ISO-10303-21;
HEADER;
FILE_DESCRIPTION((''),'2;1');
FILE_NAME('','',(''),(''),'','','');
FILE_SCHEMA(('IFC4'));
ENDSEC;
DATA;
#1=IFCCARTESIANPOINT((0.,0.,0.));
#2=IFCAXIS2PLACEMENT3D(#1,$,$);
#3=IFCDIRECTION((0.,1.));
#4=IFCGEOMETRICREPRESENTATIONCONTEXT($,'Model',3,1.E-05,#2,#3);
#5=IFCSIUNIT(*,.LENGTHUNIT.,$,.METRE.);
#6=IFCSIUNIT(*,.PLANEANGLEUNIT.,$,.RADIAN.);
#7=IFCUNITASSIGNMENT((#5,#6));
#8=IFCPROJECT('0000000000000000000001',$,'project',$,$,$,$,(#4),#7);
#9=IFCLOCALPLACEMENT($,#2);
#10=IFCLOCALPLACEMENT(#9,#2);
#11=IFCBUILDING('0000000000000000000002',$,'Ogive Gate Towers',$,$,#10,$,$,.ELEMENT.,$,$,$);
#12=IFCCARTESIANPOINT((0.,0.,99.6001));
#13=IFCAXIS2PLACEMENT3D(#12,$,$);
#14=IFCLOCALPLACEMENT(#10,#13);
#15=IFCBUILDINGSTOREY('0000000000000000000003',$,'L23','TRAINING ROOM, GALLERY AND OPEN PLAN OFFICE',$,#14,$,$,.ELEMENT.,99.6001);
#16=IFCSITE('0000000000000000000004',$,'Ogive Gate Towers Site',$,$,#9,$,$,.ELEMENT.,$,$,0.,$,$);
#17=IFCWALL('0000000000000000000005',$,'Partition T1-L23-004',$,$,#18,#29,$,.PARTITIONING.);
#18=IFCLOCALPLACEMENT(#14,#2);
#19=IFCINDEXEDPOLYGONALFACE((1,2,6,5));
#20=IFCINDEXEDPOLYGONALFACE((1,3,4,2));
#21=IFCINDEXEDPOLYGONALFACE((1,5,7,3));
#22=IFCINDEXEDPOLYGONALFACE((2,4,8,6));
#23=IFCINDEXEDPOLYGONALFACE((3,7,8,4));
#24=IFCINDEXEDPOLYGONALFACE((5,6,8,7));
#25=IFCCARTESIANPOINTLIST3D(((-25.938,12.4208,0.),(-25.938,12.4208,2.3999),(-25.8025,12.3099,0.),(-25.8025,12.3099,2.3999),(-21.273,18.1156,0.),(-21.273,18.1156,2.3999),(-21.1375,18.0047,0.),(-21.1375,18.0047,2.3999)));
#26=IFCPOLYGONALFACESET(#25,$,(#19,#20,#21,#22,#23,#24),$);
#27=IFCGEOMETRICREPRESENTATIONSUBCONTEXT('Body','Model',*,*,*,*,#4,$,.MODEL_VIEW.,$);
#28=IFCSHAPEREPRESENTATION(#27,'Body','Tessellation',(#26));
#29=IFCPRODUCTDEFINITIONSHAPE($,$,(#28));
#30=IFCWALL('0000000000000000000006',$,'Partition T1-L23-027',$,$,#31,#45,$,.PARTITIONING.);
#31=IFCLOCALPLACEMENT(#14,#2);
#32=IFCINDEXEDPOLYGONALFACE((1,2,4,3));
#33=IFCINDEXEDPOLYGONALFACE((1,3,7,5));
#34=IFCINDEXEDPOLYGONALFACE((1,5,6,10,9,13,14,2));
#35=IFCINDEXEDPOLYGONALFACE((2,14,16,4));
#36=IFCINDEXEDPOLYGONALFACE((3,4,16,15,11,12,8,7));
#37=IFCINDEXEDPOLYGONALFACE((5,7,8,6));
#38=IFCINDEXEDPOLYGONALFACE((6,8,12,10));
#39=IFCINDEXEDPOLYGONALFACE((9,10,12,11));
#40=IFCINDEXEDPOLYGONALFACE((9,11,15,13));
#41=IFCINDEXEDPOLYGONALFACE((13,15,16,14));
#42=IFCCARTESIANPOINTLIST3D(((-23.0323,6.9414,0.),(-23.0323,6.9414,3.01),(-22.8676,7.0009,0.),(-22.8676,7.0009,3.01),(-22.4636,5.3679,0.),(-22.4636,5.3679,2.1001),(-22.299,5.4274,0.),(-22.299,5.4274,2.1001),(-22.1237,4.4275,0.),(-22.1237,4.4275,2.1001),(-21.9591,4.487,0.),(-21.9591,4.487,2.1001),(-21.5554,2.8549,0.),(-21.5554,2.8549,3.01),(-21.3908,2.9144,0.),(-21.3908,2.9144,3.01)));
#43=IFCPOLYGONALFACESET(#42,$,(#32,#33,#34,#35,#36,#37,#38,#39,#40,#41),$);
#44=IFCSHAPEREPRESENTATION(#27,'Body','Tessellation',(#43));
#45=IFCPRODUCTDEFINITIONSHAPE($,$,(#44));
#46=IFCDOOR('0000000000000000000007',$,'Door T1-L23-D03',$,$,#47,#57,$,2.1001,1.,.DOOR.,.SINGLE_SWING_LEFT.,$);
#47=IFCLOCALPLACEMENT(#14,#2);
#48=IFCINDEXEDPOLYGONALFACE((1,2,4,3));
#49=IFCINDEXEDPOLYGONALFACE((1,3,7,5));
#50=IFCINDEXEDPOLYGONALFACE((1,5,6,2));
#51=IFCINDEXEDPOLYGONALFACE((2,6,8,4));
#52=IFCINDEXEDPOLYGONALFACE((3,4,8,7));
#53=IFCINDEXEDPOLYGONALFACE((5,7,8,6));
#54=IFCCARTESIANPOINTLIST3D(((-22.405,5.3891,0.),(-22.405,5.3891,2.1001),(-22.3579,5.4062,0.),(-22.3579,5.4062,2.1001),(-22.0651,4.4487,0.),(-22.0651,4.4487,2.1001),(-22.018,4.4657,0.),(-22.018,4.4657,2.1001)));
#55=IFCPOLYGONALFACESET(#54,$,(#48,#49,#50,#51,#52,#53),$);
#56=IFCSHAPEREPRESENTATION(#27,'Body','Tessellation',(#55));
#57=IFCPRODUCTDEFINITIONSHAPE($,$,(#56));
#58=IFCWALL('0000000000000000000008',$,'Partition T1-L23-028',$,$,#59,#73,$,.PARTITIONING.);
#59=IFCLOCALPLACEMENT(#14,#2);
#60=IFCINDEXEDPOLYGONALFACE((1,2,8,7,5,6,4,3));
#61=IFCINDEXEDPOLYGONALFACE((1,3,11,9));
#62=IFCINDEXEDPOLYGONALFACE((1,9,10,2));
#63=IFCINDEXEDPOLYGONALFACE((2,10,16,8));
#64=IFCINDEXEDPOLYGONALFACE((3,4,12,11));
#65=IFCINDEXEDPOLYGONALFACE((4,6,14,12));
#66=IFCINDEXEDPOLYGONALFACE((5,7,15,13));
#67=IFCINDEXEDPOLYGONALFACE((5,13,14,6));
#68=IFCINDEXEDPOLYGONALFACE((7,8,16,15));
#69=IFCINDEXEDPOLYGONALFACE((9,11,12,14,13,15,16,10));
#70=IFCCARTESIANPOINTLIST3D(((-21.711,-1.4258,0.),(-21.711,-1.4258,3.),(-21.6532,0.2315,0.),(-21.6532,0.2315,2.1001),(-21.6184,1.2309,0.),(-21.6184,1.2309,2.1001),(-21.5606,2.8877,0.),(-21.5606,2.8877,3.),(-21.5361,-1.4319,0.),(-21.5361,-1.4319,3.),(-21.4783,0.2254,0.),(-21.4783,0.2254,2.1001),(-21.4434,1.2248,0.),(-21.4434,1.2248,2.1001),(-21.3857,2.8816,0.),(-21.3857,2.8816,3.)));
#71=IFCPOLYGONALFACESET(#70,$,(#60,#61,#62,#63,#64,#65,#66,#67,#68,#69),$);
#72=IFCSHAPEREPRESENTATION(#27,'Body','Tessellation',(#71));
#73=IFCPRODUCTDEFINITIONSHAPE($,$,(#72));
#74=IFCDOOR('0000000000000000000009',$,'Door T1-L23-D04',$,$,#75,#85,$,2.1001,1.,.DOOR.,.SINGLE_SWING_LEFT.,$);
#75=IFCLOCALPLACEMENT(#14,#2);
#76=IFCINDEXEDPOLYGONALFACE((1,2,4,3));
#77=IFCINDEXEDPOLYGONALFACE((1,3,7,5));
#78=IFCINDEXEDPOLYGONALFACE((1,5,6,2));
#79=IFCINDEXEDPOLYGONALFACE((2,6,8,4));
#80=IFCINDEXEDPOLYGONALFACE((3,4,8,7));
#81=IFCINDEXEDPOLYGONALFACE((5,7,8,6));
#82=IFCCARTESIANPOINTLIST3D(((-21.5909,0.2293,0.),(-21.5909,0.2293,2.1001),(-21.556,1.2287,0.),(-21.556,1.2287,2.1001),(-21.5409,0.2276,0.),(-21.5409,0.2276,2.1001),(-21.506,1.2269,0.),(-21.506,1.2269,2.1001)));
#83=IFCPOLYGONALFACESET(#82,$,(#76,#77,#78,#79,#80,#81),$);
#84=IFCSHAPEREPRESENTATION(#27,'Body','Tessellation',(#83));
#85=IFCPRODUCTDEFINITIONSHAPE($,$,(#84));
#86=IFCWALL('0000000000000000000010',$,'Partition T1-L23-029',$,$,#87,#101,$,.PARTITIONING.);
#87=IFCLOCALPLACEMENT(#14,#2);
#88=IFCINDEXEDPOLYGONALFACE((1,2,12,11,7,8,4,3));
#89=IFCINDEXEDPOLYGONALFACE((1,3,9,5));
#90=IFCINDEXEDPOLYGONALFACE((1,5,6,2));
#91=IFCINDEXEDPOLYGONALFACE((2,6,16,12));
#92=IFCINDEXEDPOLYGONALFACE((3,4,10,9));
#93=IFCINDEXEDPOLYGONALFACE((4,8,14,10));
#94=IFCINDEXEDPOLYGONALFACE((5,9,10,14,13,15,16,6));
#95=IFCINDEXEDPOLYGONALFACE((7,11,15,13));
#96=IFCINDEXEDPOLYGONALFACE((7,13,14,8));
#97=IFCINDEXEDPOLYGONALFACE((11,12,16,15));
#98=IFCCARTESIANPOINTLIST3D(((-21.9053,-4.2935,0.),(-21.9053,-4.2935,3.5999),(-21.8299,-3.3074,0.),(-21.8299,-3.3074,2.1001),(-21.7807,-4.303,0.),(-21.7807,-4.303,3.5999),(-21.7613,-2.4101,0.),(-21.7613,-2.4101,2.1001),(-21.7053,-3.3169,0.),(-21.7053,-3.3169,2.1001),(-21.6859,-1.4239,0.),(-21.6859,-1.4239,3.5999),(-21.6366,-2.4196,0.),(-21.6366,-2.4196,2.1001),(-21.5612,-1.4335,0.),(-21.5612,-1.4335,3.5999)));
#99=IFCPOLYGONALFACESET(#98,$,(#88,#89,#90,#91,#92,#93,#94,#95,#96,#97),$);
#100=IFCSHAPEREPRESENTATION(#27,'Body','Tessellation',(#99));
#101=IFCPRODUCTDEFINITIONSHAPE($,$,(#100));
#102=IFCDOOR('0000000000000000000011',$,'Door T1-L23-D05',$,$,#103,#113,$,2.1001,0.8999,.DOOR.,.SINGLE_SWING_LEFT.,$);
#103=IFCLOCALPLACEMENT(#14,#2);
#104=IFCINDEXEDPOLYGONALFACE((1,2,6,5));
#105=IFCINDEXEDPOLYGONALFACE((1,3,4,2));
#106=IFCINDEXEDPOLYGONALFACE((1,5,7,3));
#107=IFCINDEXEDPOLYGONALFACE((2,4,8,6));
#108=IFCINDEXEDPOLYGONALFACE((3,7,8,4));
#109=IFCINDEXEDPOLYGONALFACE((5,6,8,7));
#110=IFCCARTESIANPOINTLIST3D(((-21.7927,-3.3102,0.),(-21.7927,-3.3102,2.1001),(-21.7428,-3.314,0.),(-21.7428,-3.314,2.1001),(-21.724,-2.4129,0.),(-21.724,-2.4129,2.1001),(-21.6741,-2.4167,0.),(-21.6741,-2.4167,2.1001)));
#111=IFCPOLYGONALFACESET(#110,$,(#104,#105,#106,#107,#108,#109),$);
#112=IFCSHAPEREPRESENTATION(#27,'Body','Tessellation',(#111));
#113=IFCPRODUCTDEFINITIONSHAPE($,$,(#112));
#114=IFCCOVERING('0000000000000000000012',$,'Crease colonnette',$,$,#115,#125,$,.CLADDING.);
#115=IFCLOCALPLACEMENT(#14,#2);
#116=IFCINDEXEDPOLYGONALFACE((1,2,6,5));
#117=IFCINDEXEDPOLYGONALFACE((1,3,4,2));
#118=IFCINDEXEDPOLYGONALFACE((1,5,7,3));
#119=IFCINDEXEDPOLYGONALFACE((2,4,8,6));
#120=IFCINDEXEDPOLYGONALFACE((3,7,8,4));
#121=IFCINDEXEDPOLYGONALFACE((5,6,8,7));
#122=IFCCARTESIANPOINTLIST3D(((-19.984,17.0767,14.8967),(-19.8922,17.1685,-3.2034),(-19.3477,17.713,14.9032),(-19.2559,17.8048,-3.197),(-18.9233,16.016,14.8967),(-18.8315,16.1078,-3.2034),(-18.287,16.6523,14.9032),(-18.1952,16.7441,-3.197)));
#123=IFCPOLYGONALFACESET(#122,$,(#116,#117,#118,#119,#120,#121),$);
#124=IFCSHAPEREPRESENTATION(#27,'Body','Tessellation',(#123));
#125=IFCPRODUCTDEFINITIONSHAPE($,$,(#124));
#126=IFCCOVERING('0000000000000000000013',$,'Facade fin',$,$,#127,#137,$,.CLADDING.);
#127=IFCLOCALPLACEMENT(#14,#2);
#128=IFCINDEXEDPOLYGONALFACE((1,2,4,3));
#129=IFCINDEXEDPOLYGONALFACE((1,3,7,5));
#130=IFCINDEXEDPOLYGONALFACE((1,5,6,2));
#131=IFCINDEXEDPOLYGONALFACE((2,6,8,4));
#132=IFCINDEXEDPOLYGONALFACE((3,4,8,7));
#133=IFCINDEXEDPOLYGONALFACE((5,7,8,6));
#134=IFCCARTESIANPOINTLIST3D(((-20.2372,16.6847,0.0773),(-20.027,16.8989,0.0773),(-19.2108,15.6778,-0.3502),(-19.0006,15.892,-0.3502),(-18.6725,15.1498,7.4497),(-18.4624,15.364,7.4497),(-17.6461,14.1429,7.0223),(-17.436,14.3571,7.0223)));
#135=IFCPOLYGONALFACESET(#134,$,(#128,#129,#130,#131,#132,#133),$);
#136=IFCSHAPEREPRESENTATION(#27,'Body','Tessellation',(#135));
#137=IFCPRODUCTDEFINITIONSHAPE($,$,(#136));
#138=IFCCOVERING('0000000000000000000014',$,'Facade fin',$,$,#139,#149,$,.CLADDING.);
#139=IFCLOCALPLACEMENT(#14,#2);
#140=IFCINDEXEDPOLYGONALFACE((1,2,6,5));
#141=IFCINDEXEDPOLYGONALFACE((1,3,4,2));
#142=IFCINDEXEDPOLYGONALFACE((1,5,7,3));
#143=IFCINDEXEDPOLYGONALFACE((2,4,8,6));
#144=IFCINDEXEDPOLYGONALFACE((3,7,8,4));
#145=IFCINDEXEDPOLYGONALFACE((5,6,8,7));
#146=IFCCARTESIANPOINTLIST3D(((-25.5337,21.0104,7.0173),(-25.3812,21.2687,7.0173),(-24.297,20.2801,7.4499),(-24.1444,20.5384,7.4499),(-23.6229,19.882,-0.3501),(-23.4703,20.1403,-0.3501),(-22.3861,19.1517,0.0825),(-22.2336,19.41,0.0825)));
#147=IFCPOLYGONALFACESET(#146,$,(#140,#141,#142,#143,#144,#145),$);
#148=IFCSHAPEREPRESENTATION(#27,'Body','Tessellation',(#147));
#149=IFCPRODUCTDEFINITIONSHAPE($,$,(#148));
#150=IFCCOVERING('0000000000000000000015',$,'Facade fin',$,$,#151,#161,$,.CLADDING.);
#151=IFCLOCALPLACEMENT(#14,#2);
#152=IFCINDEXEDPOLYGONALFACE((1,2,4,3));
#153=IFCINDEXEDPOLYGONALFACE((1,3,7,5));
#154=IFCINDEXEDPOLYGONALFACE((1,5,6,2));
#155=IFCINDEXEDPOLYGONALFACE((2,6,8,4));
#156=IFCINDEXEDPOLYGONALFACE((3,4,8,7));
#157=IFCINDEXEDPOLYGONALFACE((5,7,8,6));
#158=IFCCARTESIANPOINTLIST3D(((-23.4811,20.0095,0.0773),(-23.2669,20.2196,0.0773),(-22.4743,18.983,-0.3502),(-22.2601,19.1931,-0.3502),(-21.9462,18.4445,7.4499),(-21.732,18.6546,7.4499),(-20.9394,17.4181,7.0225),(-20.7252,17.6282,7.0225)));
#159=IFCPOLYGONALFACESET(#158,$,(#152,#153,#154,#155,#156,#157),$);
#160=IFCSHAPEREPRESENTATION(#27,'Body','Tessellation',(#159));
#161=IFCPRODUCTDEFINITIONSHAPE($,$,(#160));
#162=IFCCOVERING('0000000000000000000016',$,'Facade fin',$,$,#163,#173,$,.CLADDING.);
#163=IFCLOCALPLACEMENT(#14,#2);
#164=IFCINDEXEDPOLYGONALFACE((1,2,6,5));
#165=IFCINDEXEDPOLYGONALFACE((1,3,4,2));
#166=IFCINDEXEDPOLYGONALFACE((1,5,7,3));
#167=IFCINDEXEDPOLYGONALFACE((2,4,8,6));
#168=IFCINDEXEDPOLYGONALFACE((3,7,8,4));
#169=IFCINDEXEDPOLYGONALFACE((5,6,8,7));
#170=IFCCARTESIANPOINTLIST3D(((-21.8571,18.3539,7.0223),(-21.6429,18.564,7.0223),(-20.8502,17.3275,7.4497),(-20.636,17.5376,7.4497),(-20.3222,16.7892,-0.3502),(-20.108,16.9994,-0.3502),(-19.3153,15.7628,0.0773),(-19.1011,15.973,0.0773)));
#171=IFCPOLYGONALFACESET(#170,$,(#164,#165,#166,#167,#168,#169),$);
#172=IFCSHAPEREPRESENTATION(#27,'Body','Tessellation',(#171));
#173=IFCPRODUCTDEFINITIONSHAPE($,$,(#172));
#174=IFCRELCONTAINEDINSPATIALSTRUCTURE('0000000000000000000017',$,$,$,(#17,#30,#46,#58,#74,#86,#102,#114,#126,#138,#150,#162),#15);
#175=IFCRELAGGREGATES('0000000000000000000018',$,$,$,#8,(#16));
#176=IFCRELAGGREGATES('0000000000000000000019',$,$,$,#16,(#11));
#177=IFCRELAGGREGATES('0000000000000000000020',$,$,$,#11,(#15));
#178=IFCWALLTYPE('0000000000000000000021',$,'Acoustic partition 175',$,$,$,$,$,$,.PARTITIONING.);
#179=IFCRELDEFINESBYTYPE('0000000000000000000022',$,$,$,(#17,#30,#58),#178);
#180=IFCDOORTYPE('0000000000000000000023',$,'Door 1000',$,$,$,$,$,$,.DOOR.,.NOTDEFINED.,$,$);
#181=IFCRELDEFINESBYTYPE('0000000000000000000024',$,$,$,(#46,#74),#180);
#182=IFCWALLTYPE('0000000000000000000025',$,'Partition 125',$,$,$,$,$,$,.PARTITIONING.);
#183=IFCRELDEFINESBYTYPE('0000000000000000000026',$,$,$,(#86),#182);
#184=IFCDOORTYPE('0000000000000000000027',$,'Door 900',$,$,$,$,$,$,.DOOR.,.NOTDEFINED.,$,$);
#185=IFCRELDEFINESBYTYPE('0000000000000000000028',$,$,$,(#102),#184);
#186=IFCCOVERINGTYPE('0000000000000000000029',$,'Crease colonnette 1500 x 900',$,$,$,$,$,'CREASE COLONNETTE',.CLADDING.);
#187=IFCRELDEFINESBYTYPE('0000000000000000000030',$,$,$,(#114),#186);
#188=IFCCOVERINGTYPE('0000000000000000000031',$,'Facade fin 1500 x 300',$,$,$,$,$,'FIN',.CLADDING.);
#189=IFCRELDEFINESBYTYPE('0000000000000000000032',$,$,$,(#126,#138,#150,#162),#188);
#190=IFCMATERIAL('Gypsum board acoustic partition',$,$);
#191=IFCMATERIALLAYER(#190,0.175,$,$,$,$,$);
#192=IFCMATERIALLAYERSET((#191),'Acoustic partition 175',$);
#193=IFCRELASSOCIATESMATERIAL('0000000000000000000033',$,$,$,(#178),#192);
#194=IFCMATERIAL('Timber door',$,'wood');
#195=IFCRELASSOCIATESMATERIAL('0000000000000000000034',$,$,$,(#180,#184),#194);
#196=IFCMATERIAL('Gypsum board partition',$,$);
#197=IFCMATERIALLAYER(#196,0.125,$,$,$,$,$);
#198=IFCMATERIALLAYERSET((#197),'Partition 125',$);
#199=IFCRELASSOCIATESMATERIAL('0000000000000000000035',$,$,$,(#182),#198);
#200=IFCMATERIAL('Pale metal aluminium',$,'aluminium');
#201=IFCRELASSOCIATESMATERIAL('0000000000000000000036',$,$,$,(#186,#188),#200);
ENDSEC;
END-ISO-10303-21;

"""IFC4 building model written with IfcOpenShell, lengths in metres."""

from ifc_helpers import new_model, si_unit, direction, frame, frame_2d, origin, origin_2d, place, context, subcontext, project, spatial, rectangle, extrude, material, layer, layer_set, material_profile, profile_set, type_object, element, fill, save


model = new_model("IFC4")

# Units and contexts
model_context = context("Model", 3, precision=1e-05, world=origin(), true_north=direction((0.0, 1.0)))
body_context = subcontext(model_context, "Body", "Model", "MODEL_VIEW")
ifc_project = project(units=[si_unit("LENGTHUNIT", "METRE"), si_unit("PLANEANGLEUNIT", "RADIAN")], contexts=[model_context])

# Site, building, storey
site_placement = place(None, origin())
site = spatial("IfcSite", under=ifc_project, at=site_placement, Name="Ogive Gate Towers Site", CompositionType="ELEMENT", RefElevation=0.0)
building_placement = place(site_placement, origin())
building = spatial("IfcBuilding", under=site, at=building_placement, Name="Ogive Gate Towers", CompositionType="ELEMENT")
storey_placement = place(building_placement, frame((0.0, 0.0, 99.6001)))
storey = spatial("IfcBuildingStorey", under=building, at=storey_placement, Name="L23", Description="TRAINING ROOM, GALLERY AND OPEN PLAN OFFICE", CompositionType="ELEMENT", Elevation=99.6001)

# Shared definitions
ifc_material_1 = material(Name="Pale metal aluminium", Category="aluminium")

# Wall
ifc_material_2 = material(Name="Gypsum board acoustic partition")
ifc_layer_1 = layer(ifc_material_2, 0.175)
ifc_layer_set_1 = layer_set([ifc_layer_1], Name="Acoustic partition 175")
wall_type_1 = type_object("IfcWallType", Name="Acoustic partition 175", PredefinedType="PARTITIONING", material=ifc_layer_set_1)
wall_1_placement = place(storey_placement, frame((-21.2053, 18.0601, 0.0), z_axis=(0.0, 0.0, 1.0), x_axis=(-0.633696, -0.773582, 0.0)))
element("IfcWall", 1, at=wall_1_placement, inside=storey, type_object=wall_type_1, Name="Partition T1-L23-004", PredefinedType="PARTITIONING", context=body_context, shape_type="SweptSolid", body=[
    extrude(rectangle(XDim=7.3616, YDim=0.175, at=frame_2d((3.6807, 0.0))), origin(), (0.0, 0.0, 1.0), 2.3999),
])

# Walls, openings, doors
wall_2_placement = place(storey_placement, frame((-22.95, 6.9712, 0.0), z_axis=(0.0, 0.0, 1.0), x_axis=(0.339879, -0.940469, 0.0)))
wall_2 = element("IfcWall", 2, at=wall_2_placement, inside=storey, type_object=wall_type_1, Name="Partition T1-L23-027", PredefinedType="PARTITIONING", context=body_context, shape_type="SweptSolid", body=[
    extrude(rectangle(XDim=4.3452, YDim=0.175, at=frame_2d((2.1726, 0.0))), origin(), (0.0, 0.0, 1.0), 3.01),
])
opening_1_placement = place(wall_2_placement, frame((1.6731, 0.0, 0.0)))
opening_1 = element("IfcOpeningElement", 3, at=opening_1_placement, cuts=wall_2, PredefinedType="OPENING", context=body_context, shape_type="SweptSolid", body=[
    extrude(rectangle(XDim=1.0, YDim=2.1001, at=frame_2d((0.5, 1.05))), frame((0.0, 0.0977, 0.0), z_axis=(0.0, -1.0, 0.0), x_axis=(1.0, 0.0, 0.0)), (0.0, 0.0, 1.0), 0.1951),
])
ifc_material_3 = material(Name="Timber door", Category="wood")
door_type_1 = type_object("IfcDoorType", Name="Door 1000", OperationType="NOTDEFINED", PredefinedType="DOOR", material=ifc_material_3)
door_1_placement = place(opening_1_placement, origin())
door_1 = element("IfcDoor", 4, at=door_1_placement, inside=storey, type_object=door_type_1, Name="Door T1-L23-D03", OperationType="SINGLE_SWING_LEFT", OverallHeight=2.1001, OverallWidth=1.0, PredefinedType="DOOR", context=body_context, shape_type="SweptSolid", body=[
    extrude(rectangle(XDim=1.0, YDim=2.1001, at=frame_2d((0.5, 1.05))), frame((0.0, 0.0249, 0.0), z_axis=(0.0, -1.0, 0.0), x_axis=(1.0, 0.0, 0.0)), (0.0, 0.0, 1.0), 0.05),
])
fill(opening_1, door_1)
wall_3_placement = place(storey_placement, frame((-21.4731, 2.8848, 0.0), z_axis=(0.0, 0.0, 1.0), x_axis=(-0.034844, -0.999393, 0.0)))
wall_3 = element("IfcWall", 5, at=wall_3_placement, inside=storey, type_object=wall_type_1, Name="Partition T1-L23-028", PredefinedType="PARTITIONING", context=body_context, shape_type="SweptSolid", body=[
    extrude(rectangle(XDim=4.3162, YDim=0.175, at=frame_2d((2.1582, 0.0))), origin(), (0.0, 0.0, 1.0), 3.0),
])
opening_2_placement = place(wall_3_placement, frame((1.658, 0.0, 0.0)))
opening_2 = element("IfcOpeningElement", 6, at=opening_2_placement, cuts=wall_3, PredefinedType="OPENING", context=body_context, shape_type="SweptSolid", body=[
    extrude(rectangle(XDim=1.0, YDim=2.1001, at=frame_2d((0.5, 1.05))), frame((0.0, 0.0977, 0.0), z_axis=(0.0, -1.0, 0.0), x_axis=(1.0, 0.0, 0.0)), (0.0, 0.0, 1.0), 0.1951),
])
door_2_placement = place(opening_2_placement, origin())
door_2 = element("IfcDoor", 7, at=door_2_placement, inside=storey, type_object=door_type_1, Name="Door T1-L23-D04", OperationType="SINGLE_SWING_LEFT", OverallHeight=2.1001, OverallWidth=1.0, PredefinedType="DOOR", context=body_context, shape_type="SweptSolid", body=[
    extrude(rectangle(XDim=1.0, YDim=2.1001, at=frame_2d((0.5, 1.05))), frame((0.0, 0.0249, 0.0), z_axis=(0.0, -1.0, 0.0), x_axis=(1.0, 0.0, 0.0)), (0.0, 0.0, 1.0), 0.05),
])
fill(opening_2, door_2)
ifc_material_4 = material(Name="Gypsum board partition")
ifc_layer_2 = layer(ifc_material_4, 0.125)
ifc_layer_set_2 = layer_set([ifc_layer_2], Name="Partition 125")
wall_type_2 = type_object("IfcWallType", Name="Partition 125", PredefinedType="PARTITIONING", material=ifc_layer_set_2)
wall_4_placement = place(storey_placement, frame((-21.6235, -1.4287, 0.0), z_axis=(0.0, 0.0, 1.0), x_axis=(-0.076262, -0.997088, 0.0)))
wall_4 = element("IfcWall", 8, at=wall_4_placement, inside=storey, type_object=wall_type_2, Name="Partition T1-L23-029", PredefinedType="PARTITIONING", context=body_context, shape_type="SweptSolid", body=[
    extrude(rectangle(XDim=2.8779, YDim=0.125, at=frame_2d((1.439, 0.0))), origin(), (0.0, 0.0, 1.0), 3.5999),
])
opening_3_placement = place(wall_4_placement, frame((0.989, 0.0, 0.0)))
opening_3 = element("IfcOpeningElement", 9, at=opening_3_placement, cuts=wall_4, PredefinedType="OPENING", context=body_context, shape_type="SweptSolid", body=[
    extrude(rectangle(XDim=0.8999, YDim=2.1001, at=frame_2d((0.45, 1.05))), frame((0.0, 0.0725, 0.0), z_axis=(0.0, -1.0, 0.0), x_axis=(1.0, 0.0, 0.0)), (0.0, 0.0, 1.0), 0.145),
])
door_type_2 = type_object("IfcDoorType", Name="Door 900", OperationType="NOTDEFINED", PredefinedType="DOOR", material=ifc_material_3)
door_3_placement = place(opening_3_placement, origin())
door_3 = element("IfcDoor", 10, at=door_3_placement, inside=storey, type_object=door_type_2, Name="Door T1-L23-D05", OperationType="SINGLE_SWING_LEFT", OverallHeight=2.1001, OverallWidth=0.8999, PredefinedType="DOOR", context=body_context, shape_type="SweptSolid", body=[
    extrude(rectangle(XDim=0.8999, YDim=2.1001, at=frame_2d((0.45, 1.05))), frame((0.0, 0.0249, 0.0), z_axis=(0.0, -1.0, 0.0), x_axis=(1.0, 0.0, 0.0)), (0.0, 0.0, 1.0), 0.05),
])
fill(opening_3, door_3)

# Coverings
ifc_material_profile_1 = material_profile(ifc_material_1, rectangle(XDim=1.5, YDim=0.8999, at=origin_2d()), Name="1500 x 900 pale metal aluminium")
ifc_profile_set_1 = profile_set([ifc_material_profile_1], Name="Pale metal aluminium")
covering_type_1 = type_object("IfcCoveringType", Name="Crease colonnette 1500 x 900", ElementType="CREASE COLONNETTE", PredefinedType="CLADDING", material=ifc_profile_set_1)
covering_1_placement = place(storey_placement, frame((-19.0437, 16.9563, -3.2002), z_axis=(-0.005071, -0.005071, 0.999974), x_axis=(0.707107, -0.707107, 0.0)))
element("IfcCovering", 11, at=covering_1_placement, inside=storey, type_object=covering_type_1, Name="Crease colonnette", PredefinedType="CLADDING", context=body_context, shape_type="SweptSolid", body=[
    extrude(rectangle(XDim=1.5, YDim=0.8999, at=origin_2d()), origin(), (0.0, 0.0, 1.0), 18.1006),
])
ifc_material_profile_2 = material_profile(ifc_material_1, rectangle(XDim=0.3, YDim=1.5, at=origin_2d()), Name="1500 x 300 pale metal aluminium")
ifc_profile_set_2 = profile_set([ifc_material_profile_2], Name="Pale metal aluminium")
covering_type_2 = type_object("IfcCoveringType", Name="Facade fin 1500 x 300", ElementType="FIN", PredefinedType="CLADDING", material=ifc_profile_set_2)
covering_2_placement = place(storey_placement, frame((-19.6189, 16.2883, -0.1365), z_axis=(0.203433, -0.19956, 0.958536), x_axis=(0.70028, 0.713869, 0.0)))
element("IfcCovering", 12, at=covering_2_placement, inside=storey, type_object=covering_type_2, Name="Facade fin", PredefinedType="CLADDING", context=body_context, shape_type="SweptSolid", body=[
    extrude(rectangle(XDim=0.3, YDim=1.5, at=origin_2d()), origin(), (0.0, 0.0, 1.0), 7.6914),
])
covering_3_placement = place(storey_placement, frame((-22.9282, 19.646, -0.1338), z_axis=(-0.248348, 0.146654, 0.957505), x_axis=(-0.508481, -0.861073, 0.0)))
element("IfcCovering", 13, at=covering_3_placement, inside=storey, type_object=covering_type_2, Name="Facade fin", PredefinedType="CLADDING", context=body_context, shape_type="SweptSolid", body=[
    extrude(rectangle(XDim=0.3, YDim=1.5, at=origin_2d()), origin(), (0.0, 0.0, 1.0), 7.6943),
])
covering_4_placement = place(storey_placement, frame((-22.8706, 19.6013, -0.1365), z_axis=(0.199559, -0.203463, 0.95853), x_axis=(0.713923, 0.700224, 0.0)))
element("IfcCovering", 14, at=covering_4_placement, inside=storey, type_object=covering_type_2, Name="Facade fin", PredefinedType="CLADDING", context=body_context, shape_type="SweptSolid", body=[
    extrude(rectangle(XDim=0.3, YDim=1.5, at=origin_2d()), origin(), (0.0, 0.0, 1.0), 7.6917),
])
covering_5_placement = place(storey_placement, frame((-19.7117, 16.3811, -0.1365), z_axis=(-0.19956, 0.203433, 0.958536), x_axis=(-0.713869, -0.70028, 0.0)))
element("IfcCovering", 15, at=covering_5_placement, inside=storey, type_object=covering_type_2, Name="Facade fin", PredefinedType="CLADDING", context=body_context, shape_type="SweptSolid", body=[
    extrude(rectangle(XDim=0.3, YDim=1.5, at=origin_2d()), origin(), (0.0, 0.0, 1.0), 7.6914),
])

save(model, "model.ifc")
